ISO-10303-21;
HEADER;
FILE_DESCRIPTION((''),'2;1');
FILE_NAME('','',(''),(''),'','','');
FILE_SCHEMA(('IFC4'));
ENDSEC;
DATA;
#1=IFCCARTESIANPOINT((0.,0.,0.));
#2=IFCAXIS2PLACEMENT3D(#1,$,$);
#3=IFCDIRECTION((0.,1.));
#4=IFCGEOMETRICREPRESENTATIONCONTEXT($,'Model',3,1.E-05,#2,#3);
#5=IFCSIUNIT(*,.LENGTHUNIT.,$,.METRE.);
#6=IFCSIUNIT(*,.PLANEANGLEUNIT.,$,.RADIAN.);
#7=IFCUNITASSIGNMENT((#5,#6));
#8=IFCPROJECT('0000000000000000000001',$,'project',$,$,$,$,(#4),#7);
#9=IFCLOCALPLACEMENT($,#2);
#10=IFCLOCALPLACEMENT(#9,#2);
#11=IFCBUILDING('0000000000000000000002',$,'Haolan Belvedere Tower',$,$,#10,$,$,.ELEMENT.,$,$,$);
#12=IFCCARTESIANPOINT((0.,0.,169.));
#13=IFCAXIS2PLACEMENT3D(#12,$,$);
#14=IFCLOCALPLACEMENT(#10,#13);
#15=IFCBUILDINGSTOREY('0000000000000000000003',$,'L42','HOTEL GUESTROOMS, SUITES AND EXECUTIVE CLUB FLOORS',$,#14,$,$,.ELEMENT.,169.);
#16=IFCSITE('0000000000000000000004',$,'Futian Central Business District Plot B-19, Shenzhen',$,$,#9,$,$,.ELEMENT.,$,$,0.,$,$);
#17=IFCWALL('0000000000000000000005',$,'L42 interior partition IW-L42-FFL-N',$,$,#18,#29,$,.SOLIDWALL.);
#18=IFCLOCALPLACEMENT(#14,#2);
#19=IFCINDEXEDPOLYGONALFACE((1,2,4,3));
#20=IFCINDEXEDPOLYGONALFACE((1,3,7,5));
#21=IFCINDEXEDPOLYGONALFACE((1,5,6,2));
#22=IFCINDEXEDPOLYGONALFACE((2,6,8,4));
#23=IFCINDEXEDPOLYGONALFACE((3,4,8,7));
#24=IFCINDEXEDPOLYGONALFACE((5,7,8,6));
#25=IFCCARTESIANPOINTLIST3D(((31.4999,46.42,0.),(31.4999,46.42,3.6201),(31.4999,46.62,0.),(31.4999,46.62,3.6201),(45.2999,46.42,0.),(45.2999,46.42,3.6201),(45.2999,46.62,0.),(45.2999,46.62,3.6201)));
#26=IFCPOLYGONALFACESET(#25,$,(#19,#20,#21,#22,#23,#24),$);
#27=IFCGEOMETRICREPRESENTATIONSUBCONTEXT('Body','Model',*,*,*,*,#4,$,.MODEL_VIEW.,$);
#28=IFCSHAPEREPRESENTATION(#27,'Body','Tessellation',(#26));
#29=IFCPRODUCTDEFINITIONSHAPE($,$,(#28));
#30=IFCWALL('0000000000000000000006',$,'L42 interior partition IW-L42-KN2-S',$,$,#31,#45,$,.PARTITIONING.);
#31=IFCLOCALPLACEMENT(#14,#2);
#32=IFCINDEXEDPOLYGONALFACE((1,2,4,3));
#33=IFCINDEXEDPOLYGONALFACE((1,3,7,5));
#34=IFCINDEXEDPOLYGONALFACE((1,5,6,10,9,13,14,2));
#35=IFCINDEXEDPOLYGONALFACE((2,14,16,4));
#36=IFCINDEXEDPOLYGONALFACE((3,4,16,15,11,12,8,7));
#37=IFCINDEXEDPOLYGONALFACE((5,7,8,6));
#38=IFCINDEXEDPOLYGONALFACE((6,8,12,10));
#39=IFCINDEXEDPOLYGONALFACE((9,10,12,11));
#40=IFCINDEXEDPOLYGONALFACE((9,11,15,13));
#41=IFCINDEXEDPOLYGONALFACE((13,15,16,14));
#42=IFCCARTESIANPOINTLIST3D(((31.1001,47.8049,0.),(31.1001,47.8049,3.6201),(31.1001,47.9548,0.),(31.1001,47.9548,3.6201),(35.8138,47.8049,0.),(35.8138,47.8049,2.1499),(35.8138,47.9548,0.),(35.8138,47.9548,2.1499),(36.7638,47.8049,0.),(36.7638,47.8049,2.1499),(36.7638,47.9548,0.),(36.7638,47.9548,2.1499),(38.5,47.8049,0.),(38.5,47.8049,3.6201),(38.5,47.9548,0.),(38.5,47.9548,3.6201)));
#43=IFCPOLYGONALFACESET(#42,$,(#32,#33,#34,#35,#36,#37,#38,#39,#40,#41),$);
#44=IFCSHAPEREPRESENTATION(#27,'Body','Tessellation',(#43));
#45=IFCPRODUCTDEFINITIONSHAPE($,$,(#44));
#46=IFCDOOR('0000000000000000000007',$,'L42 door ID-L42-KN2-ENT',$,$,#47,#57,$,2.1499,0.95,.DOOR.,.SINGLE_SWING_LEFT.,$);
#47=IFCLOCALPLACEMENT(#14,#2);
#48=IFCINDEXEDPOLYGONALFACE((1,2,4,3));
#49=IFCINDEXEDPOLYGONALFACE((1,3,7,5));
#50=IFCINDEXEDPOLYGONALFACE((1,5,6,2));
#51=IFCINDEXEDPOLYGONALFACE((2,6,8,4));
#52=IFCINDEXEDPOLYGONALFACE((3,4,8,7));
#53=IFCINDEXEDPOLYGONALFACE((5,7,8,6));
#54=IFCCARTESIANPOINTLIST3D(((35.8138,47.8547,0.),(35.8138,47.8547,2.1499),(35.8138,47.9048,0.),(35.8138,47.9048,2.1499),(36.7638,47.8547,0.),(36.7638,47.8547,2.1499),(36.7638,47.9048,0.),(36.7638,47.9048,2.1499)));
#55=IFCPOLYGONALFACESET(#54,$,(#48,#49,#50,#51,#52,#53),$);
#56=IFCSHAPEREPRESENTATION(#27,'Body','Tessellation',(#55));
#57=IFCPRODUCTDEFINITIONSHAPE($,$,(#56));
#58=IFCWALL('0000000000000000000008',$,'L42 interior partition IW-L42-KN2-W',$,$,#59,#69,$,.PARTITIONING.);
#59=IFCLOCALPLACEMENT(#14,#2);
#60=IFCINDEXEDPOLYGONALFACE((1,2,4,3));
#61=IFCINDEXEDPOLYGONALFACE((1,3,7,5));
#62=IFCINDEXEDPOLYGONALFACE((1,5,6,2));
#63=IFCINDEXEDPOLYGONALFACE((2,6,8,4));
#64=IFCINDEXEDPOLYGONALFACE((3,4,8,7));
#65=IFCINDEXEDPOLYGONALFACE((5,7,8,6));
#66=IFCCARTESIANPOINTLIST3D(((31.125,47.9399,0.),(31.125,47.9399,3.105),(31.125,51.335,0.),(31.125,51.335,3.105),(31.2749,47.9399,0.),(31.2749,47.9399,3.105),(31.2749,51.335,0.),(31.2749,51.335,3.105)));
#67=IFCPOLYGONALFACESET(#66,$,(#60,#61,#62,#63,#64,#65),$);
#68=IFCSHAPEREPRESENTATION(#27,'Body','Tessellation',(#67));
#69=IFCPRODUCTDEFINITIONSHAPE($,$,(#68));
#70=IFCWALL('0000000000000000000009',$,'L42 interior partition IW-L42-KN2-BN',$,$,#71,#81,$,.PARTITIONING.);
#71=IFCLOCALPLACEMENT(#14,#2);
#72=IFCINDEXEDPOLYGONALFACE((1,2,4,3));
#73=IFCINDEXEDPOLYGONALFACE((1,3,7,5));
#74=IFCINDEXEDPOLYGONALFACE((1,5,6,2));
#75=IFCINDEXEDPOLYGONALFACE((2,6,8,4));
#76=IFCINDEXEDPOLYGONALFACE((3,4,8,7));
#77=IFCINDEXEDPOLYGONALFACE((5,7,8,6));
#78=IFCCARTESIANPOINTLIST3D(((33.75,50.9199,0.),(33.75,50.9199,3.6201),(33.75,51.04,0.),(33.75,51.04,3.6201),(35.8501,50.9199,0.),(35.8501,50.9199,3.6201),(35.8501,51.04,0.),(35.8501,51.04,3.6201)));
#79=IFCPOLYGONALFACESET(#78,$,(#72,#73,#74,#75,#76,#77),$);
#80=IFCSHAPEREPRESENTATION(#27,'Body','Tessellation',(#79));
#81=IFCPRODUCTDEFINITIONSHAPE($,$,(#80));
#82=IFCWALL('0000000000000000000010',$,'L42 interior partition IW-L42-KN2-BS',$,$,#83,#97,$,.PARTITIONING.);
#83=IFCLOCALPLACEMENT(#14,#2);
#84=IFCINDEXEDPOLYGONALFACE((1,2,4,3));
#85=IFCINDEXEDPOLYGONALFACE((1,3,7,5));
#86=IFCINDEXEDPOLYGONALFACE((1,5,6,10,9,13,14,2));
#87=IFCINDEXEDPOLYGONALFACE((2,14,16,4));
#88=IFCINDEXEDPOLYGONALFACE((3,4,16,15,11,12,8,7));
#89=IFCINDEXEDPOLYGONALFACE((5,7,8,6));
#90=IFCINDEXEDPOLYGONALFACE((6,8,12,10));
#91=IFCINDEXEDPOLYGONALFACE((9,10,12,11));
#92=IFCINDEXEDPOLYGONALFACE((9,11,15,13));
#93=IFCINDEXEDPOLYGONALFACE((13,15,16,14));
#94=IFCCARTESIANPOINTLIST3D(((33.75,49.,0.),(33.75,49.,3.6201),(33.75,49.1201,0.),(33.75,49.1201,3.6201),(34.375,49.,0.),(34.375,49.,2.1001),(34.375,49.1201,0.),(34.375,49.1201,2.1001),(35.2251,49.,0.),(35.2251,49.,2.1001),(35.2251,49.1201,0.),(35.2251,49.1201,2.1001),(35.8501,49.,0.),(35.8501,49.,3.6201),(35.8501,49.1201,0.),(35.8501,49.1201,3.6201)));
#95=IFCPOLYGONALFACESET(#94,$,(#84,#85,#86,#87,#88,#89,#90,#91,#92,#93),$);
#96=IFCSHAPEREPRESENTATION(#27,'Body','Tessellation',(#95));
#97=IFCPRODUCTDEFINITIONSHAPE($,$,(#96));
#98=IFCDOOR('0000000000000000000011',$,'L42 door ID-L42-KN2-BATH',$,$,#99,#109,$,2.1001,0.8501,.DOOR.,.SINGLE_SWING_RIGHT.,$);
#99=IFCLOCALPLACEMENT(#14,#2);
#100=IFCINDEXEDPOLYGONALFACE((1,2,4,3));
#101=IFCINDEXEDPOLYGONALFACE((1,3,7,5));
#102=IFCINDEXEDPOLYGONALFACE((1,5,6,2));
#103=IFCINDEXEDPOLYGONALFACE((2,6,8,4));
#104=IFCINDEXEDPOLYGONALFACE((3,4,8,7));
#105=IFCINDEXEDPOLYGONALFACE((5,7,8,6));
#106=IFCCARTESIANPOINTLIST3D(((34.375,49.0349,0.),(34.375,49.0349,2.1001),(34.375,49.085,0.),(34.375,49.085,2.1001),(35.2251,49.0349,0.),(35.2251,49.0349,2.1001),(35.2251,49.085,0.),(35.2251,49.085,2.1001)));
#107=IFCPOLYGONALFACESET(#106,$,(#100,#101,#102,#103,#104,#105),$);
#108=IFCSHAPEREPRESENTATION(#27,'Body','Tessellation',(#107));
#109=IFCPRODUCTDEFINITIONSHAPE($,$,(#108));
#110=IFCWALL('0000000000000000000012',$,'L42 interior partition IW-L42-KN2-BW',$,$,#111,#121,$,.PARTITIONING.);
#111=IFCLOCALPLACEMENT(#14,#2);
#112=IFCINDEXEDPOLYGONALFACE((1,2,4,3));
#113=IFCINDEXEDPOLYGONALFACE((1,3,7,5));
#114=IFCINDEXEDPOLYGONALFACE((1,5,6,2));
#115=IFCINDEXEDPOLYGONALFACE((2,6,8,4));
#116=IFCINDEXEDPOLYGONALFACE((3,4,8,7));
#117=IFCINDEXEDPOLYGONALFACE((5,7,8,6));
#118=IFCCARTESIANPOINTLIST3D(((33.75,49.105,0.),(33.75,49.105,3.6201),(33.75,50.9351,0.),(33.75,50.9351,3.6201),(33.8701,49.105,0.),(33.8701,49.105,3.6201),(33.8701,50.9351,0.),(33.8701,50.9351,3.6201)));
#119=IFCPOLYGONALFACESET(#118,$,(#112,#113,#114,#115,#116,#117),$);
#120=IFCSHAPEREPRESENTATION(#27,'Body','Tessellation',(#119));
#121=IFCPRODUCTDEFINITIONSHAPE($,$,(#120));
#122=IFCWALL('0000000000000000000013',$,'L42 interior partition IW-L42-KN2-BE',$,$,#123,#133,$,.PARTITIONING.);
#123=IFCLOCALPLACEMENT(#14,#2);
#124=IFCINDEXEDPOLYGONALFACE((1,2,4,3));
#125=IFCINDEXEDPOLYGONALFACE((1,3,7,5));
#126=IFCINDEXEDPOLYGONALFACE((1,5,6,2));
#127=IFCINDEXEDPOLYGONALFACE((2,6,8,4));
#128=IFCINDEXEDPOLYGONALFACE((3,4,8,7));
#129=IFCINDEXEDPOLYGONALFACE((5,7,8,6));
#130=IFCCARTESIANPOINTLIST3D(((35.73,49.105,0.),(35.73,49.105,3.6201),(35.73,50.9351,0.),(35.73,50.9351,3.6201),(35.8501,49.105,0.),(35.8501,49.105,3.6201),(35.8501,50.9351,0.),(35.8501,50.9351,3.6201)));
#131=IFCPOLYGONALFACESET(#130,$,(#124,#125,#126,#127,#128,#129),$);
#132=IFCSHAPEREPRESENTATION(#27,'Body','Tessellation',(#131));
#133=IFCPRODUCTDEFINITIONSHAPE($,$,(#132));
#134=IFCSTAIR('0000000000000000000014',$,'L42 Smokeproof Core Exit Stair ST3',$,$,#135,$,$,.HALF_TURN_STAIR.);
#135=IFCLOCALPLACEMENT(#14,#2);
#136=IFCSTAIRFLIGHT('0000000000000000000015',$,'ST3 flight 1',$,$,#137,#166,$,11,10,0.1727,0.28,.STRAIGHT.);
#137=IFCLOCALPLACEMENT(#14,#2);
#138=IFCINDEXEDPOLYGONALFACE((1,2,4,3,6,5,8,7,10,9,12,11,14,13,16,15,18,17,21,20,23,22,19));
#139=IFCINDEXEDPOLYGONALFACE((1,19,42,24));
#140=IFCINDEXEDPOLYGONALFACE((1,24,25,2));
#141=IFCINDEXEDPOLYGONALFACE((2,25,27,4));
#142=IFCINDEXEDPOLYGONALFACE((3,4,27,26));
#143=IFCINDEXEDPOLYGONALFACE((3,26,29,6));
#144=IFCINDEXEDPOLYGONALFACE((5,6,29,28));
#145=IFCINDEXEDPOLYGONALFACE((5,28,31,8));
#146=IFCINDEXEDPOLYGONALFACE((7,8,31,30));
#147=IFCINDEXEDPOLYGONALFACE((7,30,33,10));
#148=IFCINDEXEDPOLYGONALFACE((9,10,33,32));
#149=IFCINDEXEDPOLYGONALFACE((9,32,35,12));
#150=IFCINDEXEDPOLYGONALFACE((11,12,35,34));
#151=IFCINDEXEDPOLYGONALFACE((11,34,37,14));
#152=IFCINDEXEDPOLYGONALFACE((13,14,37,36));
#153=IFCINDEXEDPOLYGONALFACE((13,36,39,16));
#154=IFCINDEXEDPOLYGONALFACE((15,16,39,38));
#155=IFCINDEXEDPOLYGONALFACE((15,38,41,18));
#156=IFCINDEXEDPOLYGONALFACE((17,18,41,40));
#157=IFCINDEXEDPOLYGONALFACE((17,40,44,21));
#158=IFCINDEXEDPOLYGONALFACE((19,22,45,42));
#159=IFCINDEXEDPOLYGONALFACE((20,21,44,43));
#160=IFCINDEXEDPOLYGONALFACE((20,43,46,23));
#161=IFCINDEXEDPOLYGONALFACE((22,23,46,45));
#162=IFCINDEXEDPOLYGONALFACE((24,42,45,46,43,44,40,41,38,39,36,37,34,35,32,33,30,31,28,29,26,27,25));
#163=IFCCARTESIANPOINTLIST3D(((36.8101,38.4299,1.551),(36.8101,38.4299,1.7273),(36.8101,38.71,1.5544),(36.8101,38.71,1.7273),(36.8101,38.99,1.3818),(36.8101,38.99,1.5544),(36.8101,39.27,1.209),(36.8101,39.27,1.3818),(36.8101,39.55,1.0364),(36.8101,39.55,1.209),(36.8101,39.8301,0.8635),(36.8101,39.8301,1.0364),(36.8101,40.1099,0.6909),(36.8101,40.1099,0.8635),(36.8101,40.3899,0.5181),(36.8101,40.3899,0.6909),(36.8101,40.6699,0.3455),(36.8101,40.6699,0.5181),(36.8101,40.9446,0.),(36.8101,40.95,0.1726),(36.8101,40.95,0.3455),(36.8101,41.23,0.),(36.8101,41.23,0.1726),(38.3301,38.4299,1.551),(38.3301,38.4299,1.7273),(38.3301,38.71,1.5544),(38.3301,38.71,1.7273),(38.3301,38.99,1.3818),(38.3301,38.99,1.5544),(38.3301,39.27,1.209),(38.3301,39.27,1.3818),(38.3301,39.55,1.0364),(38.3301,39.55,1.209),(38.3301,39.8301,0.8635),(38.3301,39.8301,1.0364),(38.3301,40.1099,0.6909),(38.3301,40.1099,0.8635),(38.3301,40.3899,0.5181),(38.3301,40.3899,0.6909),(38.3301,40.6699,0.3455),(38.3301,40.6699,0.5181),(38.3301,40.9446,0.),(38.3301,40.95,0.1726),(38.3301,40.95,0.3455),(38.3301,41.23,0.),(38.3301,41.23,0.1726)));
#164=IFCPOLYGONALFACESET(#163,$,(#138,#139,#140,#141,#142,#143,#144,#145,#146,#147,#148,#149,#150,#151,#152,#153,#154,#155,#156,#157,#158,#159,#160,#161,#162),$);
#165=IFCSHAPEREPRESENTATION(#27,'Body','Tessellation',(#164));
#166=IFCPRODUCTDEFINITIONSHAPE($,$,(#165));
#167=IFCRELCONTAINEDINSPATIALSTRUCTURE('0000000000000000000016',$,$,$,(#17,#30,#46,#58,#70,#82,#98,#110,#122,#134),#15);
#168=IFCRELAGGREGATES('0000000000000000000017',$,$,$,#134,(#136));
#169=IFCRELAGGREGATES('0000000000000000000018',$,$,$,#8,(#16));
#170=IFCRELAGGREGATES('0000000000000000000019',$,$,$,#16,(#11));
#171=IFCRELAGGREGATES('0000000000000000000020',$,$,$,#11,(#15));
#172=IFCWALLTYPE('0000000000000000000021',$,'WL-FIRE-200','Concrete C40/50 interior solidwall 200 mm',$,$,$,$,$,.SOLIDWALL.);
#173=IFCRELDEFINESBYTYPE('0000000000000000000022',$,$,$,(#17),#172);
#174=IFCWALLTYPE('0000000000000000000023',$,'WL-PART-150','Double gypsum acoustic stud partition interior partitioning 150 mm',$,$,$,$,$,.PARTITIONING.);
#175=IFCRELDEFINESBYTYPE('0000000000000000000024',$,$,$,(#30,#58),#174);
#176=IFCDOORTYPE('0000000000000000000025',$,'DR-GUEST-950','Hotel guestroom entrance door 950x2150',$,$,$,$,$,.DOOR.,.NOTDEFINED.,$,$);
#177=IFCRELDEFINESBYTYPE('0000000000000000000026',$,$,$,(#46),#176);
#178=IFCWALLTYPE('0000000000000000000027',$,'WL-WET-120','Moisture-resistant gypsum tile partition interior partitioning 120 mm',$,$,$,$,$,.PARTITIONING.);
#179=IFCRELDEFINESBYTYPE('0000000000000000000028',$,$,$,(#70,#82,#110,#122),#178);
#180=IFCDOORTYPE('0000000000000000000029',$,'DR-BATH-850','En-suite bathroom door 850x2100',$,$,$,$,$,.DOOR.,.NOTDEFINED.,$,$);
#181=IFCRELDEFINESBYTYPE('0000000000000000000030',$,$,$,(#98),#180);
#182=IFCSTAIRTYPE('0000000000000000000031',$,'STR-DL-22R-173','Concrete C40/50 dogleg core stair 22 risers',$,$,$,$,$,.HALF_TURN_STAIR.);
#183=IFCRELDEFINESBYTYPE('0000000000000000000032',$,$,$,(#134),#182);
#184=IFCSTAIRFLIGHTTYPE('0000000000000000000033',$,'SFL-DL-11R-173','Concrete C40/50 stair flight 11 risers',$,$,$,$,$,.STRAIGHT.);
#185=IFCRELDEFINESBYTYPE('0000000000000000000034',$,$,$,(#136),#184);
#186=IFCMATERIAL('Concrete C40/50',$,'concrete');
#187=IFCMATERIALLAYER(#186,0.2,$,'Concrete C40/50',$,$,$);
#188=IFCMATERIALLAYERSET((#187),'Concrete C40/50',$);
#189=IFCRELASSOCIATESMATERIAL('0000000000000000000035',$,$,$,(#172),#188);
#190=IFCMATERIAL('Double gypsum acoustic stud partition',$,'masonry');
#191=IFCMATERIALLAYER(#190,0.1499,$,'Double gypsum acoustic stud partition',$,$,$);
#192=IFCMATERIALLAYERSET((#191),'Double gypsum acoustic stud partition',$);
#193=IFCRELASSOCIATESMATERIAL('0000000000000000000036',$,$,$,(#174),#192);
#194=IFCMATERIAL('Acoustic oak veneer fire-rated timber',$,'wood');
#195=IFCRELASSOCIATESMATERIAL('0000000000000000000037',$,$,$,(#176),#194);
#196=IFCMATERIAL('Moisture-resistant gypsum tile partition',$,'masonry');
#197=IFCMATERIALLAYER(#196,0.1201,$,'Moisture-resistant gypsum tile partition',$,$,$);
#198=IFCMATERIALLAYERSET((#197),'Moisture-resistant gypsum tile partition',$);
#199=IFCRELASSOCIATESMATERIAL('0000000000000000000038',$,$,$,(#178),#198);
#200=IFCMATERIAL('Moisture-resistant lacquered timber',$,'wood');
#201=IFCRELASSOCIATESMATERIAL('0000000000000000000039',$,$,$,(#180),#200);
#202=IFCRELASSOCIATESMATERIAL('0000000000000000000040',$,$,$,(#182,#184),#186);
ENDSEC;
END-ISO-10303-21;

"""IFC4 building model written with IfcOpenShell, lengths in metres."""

from ifc_helpers import new_model, si_unit, direction, frame, frame_2d, origin, place, context, subcontext, project, spatial, polyline, rectangle, outline, extrude, material, layer, layer_set, type_object, element, fill, aggregate, save


model = new_model("IFC4")

# Units and contexts
model_context = context("Model", 3, precision=1e-05, world=origin(), true_north=direction((0.0, 1.0)))
body_context = subcontext(model_context, "Body", "Model", "MODEL_VIEW")
ifc_project = project(units=[si_unit("LENGTHUNIT", "METRE"), si_unit("PLANEANGLEUNIT", "RADIAN")], contexts=[model_context])

# Site, building, storey
site_placement = place(None, origin())
site = spatial("IfcSite", under=ifc_project, at=site_placement, Name="Futian Central Business District Plot B-19, Shenzhen", CompositionType="ELEMENT", RefElevation=0.0)
building_placement = place(site_placement, origin())
building = spatial("IfcBuilding", under=site, at=building_placement, Name="Haolan Belvedere Tower", CompositionType="ELEMENT")
storey_placement = place(building_placement, frame((0.0, 0.0, 169.0)))
storey = spatial("IfcBuildingStorey", under=building, at=storey_placement, Name="L42", Description="HOTEL GUESTROOMS, SUITES AND EXECUTIVE CLUB FLOORS", CompositionType="ELEMENT", Elevation=169.0)

# Wall
ifc_material_1 = material(Name="Concrete C40/50", Category="concrete")
ifc_layer_1 = layer(ifc_material_1, 0.2, Name="Concrete C40/50")
ifc_layer_set_1 = layer_set([ifc_layer_1], Name="Concrete C40/50")
wall_type_1 = type_object("IfcWallType", Name="WL-FIRE-200", Description="Concrete C40/50 interior solidwall 200 mm", PredefinedType="SOLIDWALL", material=ifc_layer_set_1)
wall_1_placement = place(storey_placement, frame((31.5, 46.52, 0.0), z_axis=(0.0, 0.0, 1.0), x_axis=(1.0, 0.0, 0.0)))
element("IfcWall", 1, at=wall_1_placement, inside=storey, type_object=wall_type_1, Name="L42 interior partition IW-L42-FFL-N", PredefinedType="SOLIDWALL", context=body_context, shape_type="SweptSolid", body=[
    extrude(rectangle(XDim=13.8, YDim=0.2, at=frame_2d((6.8999, 0.0))), origin(), (0.0, 0.0, 1.0), 3.6201),
])

# Wall, opening, door
ifc_material_2 = material(Name="Double gypsum acoustic stud partition", Category="masonry")
ifc_layer_2 = layer(ifc_material_2, 0.1499, Name="Double gypsum acoustic stud partition")
ifc_layer_set_2 = layer_set([ifc_layer_2], Name="Double gypsum acoustic stud partition")
wall_type_2 = type_object("IfcWallType", Name="WL-PART-150", Description="Double gypsum acoustic stud partition interior partitioning 150 mm", PredefinedType="PARTITIONING", material=ifc_layer_set_2)
wall_2_placement = place(storey_placement, frame((31.1001, 47.8799, 0.0), z_axis=(0.0, 0.0, 1.0), x_axis=(1.0, 0.0, 0.0)))
wall_2 = element("IfcWall", 2, at=wall_2_placement, inside=storey, type_object=wall_type_2, Name="L42 interior partition IW-L42-KN2-S", PredefinedType="PARTITIONING", context=body_context, shape_type="SweptSolid", body=[
    extrude(rectangle(XDim=7.3999, YDim=0.1499, at=frame_2d((3.7, 0.0))), origin(), (0.0, 0.0, 1.0), 3.6201),
])
opening_1_placement = place(wall_2_placement, frame((4.7136, 0.0, 0.0)))
opening_1 = element("IfcOpeningElement", 3, at=opening_1_placement, cuts=wall_2, PredefinedType="OPENING", context=body_context, shape_type="SweptSolid", body=[
    extrude(rectangle(XDim=0.95, YDim=2.1499, at=frame_2d((0.4751, 1.075))), frame((0.0, 0.085, 0.0), z_axis=(0.0, -1.0, 0.0), x_axis=(1.0, 0.0, 0.0)), (0.0, 0.0, 1.0), 0.1699),
])
ifc_material_3 = material(Name="Acoustic oak veneer fire-rated timber", Category="wood")
door_type_1 = type_object("IfcDoorType", Name="DR-GUEST-950", Description="Hotel guestroom entrance door 950x2150", OperationType="NOTDEFINED", PredefinedType="DOOR", material=ifc_material_3)
door_1_placement = place(opening_1_placement, origin())
door_1 = element("IfcDoor", 4, at=door_1_placement, inside=storey, type_object=door_type_1, Name="L42 door ID-L42-KN2-ENT", OperationType="SINGLE_SWING_LEFT", OverallHeight=2.1499, OverallWidth=0.95, PredefinedType="DOOR", context=body_context, shape_type="SweptSolid", body=[
    extrude(rectangle(XDim=0.95, YDim=2.1499, at=frame_2d((0.4751, 1.075))), frame((0.0, 0.0249, 0.0), z_axis=(0.0, -1.0, 0.0), x_axis=(1.0, 0.0, 0.0)), (0.0, 0.0, 1.0), 0.05),
])
fill(opening_1, door_1)

# Walls
wall_3_placement = place(storey_placement, frame((31.2, 47.9399, 0.0), z_axis=(0.0, 0.0, 1.0), x_axis=(0.0, 1.0, 0.0)))
element("IfcWall", 5, at=wall_3_placement, inside=storey, type_object=wall_type_2, Name="L42 interior partition IW-L42-KN2-W", PredefinedType="PARTITIONING", context=body_context, shape_type="SweptSolid", body=[
    extrude(rectangle(XDim=3.395, YDim=0.1499, at=frame_2d((1.6975, 0.0))), origin(), (0.0, 0.0, 1.0), 3.105),
])
ifc_material_4 = material(Name="Moisture-resistant gypsum tile partition", Category="masonry")
ifc_layer_3 = layer(ifc_material_4, 0.1201, Name="Moisture-resistant gypsum tile partition")
ifc_layer_set_3 = layer_set([ifc_layer_3], Name="Moisture-resistant gypsum tile partition")
wall_type_3 = type_object("IfcWallType", Name="WL-WET-120", Description="Moisture-resistant gypsum tile partition interior partitioning 120 mm", PredefinedType="PARTITIONING", material=ifc_layer_set_3)
wall_4_placement = place(storey_placement, frame((33.75, 50.98, 0.0), z_axis=(0.0, 0.0, 1.0), x_axis=(1.0, 0.0, 0.0)))
element("IfcWall", 6, at=wall_4_placement, inside=storey, type_object=wall_type_3, Name="L42 interior partition IW-L42-KN2-BN", PredefinedType="PARTITIONING", context=body_context, shape_type="SweptSolid", body=[
    extrude(rectangle(XDim=2.1001, YDim=0.1201, at=frame_2d((1.05, 0.0))), origin(), (0.0, 0.0, 1.0), 3.6201),
])

# Wall, opening, door
wall_5_placement = place(storey_placement, frame((33.75, 49.0601, 0.0), z_axis=(0.0, 0.0, 1.0), x_axis=(1.0, 0.0, 0.0)))
wall_5 = element("IfcWall", 7, at=wall_5_placement, inside=storey, type_object=wall_type_3, Name="L42 interior partition IW-L42-KN2-BS", PredefinedType="PARTITIONING", context=body_context, shape_type="SweptSolid", body=[
    extrude(rectangle(XDim=2.1001, YDim=0.1201, at=frame_2d((1.05, 0.0))), origin(), (0.0, 0.0, 1.0), 3.6201),
])
opening_2_placement = place(wall_5_placement, frame((0.625, 0.0, 0.0)))
opening_2 = element("IfcOpeningElement", 8, at=opening_2_placement, cuts=wall_5, PredefinedType="OPENING", context=body_context, shape_type="SweptSolid", body=[
    extrude(rectangle(XDim=0.8501, YDim=2.1001, at=frame_2d((0.425, 1.05))), frame((0.0, 0.0701, 0.0), z_axis=(0.0, -1.0, 0.0), x_axis=(1.0, 0.0, 0.0)), (0.0, 0.0, 1.0), 0.1401),
])
ifc_material_5 = material(Name="Moisture-resistant lacquered timber", Category="wood")
door_type_2 = type_object("IfcDoorType", Name="DR-BATH-850", Description="En-suite bathroom door 850x2100", OperationType="NOTDEFINED", PredefinedType="DOOR", material=ifc_material_5)
door_2_placement = place(opening_2_placement, origin())
door_2 = element("IfcDoor", 9, at=door_2_placement, inside=storey, type_object=door_type_2, Name="L42 door ID-L42-KN2-BATH", OperationType="SINGLE_SWING_RIGHT", OverallHeight=2.1001, OverallWidth=0.8501, PredefinedType="DOOR", context=body_context, shape_type="SweptSolid", body=[
    extrude(rectangle(XDim=0.8501, YDim=2.1001, at=frame_2d((0.425, 1.05))), frame((0.0, 0.0249, 0.0), z_axis=(0.0, -1.0, 0.0), x_axis=(1.0, 0.0, 0.0)), (0.0, 0.0, 1.0), 0.05),
])
fill(opening_2, door_2)

# Walls
for number, where, z_axis, x_axis, name in (
    (10, (33.8101, 49.105, 0.0), (0.0, 0.0, 1.0), (0.0, 1.0, 0.0), "L42 interior partition IW-L42-KN2-BW"),
    (11, (35.79, 49.105, 0.0), (0.0, 0.0, 1.0), (0.0, 1.0, 0.0), "L42 interior partition IW-L42-KN2-BE"),
):
    element("IfcWall", number, at=place(storey_placement, frame(where, z_axis=z_axis, x_axis=x_axis)), inside=storey, type_object=wall_type_3, Name=name, PredefinedType="PARTITIONING", context=body_context, shape_type="SweptSolid", body=[
        extrude(rectangle(XDim=1.8301, YDim=0.1201, at=frame_2d((0.915, 0.0))), origin(), (0.0, 0.0, 1.0), 3.6201),
    ])

# Stair, stair flight
stair_type = type_object("IfcStairType", Name="STR-DL-22R-173", Description="Concrete C40/50 dogleg core stair 22 risers", PredefinedType="HALF_TURN_STAIR", material=ifc_material_1)
stair_placement = place(storey_placement, origin())
stair = element("IfcStair", 12, at=stair_placement, inside=storey, type_object=stair_type, Name="L42 Smokeproof Core Exit Stair ST3", PredefinedType="HALF_TURN_STAIR")
stair_flight_type = type_object("IfcStairFlightType", Name="SFL-DL-11R-173", Description="Concrete C40/50 stair flight 11 risers", PredefinedType="STRAIGHT", material=ifc_material_1)
stair_flight_placement = place(storey_placement, frame((37.5701, 41.23, 0.0), z_axis=(0.0, 0.0, 1.0), x_axis=(0.0, -1.0, 0.0)))
stair_flight = element("IfcStairFlight", 13, at=stair_flight_placement, type_object=stair_flight_type, Name="ST3 flight 1", NumberOfRisers=11, NumberOfTreads=10, PredefinedType="STRAIGHT", RiserHeight=0.1727, TreadLength=0.28, context=body_context, shape_type="SweptSolid", body=[
    extrude(outline(polyline([(0.0, 0.0), (0.0, 0.1726), (0.28, 0.1726), (0.28, 0.3455), (0.5601, 0.3455), (0.5601, 0.5181), (0.8401, 0.5181), (0.8401, 0.6909), (1.1201, 0.6909), (1.1201, 0.8635), (1.3999, 0.8635), (1.3999, 1.0364), (1.6799, 1.0364), (1.6799, 1.209), (1.96, 1.209), (1.96, 1.3818), (2.24, 1.3818), (2.24, 1.5544), (2.52, 1.5544), (2.52, 1.7273), (2.8, 1.7273), (2.8, 1.8999), (2.8, 1.551), (0.2854, 0.0), (0.0, 0.0)])), frame((0.0, 0.76, 0.0), z_axis=(0.0, -1.0, 0.0), x_axis=(1.0, 0.0, 0.0)), (0.0, 0.0, 1.0), 1.52),
])
aggregate(stair, [stair_flight])

save(model, "model.ifc")
